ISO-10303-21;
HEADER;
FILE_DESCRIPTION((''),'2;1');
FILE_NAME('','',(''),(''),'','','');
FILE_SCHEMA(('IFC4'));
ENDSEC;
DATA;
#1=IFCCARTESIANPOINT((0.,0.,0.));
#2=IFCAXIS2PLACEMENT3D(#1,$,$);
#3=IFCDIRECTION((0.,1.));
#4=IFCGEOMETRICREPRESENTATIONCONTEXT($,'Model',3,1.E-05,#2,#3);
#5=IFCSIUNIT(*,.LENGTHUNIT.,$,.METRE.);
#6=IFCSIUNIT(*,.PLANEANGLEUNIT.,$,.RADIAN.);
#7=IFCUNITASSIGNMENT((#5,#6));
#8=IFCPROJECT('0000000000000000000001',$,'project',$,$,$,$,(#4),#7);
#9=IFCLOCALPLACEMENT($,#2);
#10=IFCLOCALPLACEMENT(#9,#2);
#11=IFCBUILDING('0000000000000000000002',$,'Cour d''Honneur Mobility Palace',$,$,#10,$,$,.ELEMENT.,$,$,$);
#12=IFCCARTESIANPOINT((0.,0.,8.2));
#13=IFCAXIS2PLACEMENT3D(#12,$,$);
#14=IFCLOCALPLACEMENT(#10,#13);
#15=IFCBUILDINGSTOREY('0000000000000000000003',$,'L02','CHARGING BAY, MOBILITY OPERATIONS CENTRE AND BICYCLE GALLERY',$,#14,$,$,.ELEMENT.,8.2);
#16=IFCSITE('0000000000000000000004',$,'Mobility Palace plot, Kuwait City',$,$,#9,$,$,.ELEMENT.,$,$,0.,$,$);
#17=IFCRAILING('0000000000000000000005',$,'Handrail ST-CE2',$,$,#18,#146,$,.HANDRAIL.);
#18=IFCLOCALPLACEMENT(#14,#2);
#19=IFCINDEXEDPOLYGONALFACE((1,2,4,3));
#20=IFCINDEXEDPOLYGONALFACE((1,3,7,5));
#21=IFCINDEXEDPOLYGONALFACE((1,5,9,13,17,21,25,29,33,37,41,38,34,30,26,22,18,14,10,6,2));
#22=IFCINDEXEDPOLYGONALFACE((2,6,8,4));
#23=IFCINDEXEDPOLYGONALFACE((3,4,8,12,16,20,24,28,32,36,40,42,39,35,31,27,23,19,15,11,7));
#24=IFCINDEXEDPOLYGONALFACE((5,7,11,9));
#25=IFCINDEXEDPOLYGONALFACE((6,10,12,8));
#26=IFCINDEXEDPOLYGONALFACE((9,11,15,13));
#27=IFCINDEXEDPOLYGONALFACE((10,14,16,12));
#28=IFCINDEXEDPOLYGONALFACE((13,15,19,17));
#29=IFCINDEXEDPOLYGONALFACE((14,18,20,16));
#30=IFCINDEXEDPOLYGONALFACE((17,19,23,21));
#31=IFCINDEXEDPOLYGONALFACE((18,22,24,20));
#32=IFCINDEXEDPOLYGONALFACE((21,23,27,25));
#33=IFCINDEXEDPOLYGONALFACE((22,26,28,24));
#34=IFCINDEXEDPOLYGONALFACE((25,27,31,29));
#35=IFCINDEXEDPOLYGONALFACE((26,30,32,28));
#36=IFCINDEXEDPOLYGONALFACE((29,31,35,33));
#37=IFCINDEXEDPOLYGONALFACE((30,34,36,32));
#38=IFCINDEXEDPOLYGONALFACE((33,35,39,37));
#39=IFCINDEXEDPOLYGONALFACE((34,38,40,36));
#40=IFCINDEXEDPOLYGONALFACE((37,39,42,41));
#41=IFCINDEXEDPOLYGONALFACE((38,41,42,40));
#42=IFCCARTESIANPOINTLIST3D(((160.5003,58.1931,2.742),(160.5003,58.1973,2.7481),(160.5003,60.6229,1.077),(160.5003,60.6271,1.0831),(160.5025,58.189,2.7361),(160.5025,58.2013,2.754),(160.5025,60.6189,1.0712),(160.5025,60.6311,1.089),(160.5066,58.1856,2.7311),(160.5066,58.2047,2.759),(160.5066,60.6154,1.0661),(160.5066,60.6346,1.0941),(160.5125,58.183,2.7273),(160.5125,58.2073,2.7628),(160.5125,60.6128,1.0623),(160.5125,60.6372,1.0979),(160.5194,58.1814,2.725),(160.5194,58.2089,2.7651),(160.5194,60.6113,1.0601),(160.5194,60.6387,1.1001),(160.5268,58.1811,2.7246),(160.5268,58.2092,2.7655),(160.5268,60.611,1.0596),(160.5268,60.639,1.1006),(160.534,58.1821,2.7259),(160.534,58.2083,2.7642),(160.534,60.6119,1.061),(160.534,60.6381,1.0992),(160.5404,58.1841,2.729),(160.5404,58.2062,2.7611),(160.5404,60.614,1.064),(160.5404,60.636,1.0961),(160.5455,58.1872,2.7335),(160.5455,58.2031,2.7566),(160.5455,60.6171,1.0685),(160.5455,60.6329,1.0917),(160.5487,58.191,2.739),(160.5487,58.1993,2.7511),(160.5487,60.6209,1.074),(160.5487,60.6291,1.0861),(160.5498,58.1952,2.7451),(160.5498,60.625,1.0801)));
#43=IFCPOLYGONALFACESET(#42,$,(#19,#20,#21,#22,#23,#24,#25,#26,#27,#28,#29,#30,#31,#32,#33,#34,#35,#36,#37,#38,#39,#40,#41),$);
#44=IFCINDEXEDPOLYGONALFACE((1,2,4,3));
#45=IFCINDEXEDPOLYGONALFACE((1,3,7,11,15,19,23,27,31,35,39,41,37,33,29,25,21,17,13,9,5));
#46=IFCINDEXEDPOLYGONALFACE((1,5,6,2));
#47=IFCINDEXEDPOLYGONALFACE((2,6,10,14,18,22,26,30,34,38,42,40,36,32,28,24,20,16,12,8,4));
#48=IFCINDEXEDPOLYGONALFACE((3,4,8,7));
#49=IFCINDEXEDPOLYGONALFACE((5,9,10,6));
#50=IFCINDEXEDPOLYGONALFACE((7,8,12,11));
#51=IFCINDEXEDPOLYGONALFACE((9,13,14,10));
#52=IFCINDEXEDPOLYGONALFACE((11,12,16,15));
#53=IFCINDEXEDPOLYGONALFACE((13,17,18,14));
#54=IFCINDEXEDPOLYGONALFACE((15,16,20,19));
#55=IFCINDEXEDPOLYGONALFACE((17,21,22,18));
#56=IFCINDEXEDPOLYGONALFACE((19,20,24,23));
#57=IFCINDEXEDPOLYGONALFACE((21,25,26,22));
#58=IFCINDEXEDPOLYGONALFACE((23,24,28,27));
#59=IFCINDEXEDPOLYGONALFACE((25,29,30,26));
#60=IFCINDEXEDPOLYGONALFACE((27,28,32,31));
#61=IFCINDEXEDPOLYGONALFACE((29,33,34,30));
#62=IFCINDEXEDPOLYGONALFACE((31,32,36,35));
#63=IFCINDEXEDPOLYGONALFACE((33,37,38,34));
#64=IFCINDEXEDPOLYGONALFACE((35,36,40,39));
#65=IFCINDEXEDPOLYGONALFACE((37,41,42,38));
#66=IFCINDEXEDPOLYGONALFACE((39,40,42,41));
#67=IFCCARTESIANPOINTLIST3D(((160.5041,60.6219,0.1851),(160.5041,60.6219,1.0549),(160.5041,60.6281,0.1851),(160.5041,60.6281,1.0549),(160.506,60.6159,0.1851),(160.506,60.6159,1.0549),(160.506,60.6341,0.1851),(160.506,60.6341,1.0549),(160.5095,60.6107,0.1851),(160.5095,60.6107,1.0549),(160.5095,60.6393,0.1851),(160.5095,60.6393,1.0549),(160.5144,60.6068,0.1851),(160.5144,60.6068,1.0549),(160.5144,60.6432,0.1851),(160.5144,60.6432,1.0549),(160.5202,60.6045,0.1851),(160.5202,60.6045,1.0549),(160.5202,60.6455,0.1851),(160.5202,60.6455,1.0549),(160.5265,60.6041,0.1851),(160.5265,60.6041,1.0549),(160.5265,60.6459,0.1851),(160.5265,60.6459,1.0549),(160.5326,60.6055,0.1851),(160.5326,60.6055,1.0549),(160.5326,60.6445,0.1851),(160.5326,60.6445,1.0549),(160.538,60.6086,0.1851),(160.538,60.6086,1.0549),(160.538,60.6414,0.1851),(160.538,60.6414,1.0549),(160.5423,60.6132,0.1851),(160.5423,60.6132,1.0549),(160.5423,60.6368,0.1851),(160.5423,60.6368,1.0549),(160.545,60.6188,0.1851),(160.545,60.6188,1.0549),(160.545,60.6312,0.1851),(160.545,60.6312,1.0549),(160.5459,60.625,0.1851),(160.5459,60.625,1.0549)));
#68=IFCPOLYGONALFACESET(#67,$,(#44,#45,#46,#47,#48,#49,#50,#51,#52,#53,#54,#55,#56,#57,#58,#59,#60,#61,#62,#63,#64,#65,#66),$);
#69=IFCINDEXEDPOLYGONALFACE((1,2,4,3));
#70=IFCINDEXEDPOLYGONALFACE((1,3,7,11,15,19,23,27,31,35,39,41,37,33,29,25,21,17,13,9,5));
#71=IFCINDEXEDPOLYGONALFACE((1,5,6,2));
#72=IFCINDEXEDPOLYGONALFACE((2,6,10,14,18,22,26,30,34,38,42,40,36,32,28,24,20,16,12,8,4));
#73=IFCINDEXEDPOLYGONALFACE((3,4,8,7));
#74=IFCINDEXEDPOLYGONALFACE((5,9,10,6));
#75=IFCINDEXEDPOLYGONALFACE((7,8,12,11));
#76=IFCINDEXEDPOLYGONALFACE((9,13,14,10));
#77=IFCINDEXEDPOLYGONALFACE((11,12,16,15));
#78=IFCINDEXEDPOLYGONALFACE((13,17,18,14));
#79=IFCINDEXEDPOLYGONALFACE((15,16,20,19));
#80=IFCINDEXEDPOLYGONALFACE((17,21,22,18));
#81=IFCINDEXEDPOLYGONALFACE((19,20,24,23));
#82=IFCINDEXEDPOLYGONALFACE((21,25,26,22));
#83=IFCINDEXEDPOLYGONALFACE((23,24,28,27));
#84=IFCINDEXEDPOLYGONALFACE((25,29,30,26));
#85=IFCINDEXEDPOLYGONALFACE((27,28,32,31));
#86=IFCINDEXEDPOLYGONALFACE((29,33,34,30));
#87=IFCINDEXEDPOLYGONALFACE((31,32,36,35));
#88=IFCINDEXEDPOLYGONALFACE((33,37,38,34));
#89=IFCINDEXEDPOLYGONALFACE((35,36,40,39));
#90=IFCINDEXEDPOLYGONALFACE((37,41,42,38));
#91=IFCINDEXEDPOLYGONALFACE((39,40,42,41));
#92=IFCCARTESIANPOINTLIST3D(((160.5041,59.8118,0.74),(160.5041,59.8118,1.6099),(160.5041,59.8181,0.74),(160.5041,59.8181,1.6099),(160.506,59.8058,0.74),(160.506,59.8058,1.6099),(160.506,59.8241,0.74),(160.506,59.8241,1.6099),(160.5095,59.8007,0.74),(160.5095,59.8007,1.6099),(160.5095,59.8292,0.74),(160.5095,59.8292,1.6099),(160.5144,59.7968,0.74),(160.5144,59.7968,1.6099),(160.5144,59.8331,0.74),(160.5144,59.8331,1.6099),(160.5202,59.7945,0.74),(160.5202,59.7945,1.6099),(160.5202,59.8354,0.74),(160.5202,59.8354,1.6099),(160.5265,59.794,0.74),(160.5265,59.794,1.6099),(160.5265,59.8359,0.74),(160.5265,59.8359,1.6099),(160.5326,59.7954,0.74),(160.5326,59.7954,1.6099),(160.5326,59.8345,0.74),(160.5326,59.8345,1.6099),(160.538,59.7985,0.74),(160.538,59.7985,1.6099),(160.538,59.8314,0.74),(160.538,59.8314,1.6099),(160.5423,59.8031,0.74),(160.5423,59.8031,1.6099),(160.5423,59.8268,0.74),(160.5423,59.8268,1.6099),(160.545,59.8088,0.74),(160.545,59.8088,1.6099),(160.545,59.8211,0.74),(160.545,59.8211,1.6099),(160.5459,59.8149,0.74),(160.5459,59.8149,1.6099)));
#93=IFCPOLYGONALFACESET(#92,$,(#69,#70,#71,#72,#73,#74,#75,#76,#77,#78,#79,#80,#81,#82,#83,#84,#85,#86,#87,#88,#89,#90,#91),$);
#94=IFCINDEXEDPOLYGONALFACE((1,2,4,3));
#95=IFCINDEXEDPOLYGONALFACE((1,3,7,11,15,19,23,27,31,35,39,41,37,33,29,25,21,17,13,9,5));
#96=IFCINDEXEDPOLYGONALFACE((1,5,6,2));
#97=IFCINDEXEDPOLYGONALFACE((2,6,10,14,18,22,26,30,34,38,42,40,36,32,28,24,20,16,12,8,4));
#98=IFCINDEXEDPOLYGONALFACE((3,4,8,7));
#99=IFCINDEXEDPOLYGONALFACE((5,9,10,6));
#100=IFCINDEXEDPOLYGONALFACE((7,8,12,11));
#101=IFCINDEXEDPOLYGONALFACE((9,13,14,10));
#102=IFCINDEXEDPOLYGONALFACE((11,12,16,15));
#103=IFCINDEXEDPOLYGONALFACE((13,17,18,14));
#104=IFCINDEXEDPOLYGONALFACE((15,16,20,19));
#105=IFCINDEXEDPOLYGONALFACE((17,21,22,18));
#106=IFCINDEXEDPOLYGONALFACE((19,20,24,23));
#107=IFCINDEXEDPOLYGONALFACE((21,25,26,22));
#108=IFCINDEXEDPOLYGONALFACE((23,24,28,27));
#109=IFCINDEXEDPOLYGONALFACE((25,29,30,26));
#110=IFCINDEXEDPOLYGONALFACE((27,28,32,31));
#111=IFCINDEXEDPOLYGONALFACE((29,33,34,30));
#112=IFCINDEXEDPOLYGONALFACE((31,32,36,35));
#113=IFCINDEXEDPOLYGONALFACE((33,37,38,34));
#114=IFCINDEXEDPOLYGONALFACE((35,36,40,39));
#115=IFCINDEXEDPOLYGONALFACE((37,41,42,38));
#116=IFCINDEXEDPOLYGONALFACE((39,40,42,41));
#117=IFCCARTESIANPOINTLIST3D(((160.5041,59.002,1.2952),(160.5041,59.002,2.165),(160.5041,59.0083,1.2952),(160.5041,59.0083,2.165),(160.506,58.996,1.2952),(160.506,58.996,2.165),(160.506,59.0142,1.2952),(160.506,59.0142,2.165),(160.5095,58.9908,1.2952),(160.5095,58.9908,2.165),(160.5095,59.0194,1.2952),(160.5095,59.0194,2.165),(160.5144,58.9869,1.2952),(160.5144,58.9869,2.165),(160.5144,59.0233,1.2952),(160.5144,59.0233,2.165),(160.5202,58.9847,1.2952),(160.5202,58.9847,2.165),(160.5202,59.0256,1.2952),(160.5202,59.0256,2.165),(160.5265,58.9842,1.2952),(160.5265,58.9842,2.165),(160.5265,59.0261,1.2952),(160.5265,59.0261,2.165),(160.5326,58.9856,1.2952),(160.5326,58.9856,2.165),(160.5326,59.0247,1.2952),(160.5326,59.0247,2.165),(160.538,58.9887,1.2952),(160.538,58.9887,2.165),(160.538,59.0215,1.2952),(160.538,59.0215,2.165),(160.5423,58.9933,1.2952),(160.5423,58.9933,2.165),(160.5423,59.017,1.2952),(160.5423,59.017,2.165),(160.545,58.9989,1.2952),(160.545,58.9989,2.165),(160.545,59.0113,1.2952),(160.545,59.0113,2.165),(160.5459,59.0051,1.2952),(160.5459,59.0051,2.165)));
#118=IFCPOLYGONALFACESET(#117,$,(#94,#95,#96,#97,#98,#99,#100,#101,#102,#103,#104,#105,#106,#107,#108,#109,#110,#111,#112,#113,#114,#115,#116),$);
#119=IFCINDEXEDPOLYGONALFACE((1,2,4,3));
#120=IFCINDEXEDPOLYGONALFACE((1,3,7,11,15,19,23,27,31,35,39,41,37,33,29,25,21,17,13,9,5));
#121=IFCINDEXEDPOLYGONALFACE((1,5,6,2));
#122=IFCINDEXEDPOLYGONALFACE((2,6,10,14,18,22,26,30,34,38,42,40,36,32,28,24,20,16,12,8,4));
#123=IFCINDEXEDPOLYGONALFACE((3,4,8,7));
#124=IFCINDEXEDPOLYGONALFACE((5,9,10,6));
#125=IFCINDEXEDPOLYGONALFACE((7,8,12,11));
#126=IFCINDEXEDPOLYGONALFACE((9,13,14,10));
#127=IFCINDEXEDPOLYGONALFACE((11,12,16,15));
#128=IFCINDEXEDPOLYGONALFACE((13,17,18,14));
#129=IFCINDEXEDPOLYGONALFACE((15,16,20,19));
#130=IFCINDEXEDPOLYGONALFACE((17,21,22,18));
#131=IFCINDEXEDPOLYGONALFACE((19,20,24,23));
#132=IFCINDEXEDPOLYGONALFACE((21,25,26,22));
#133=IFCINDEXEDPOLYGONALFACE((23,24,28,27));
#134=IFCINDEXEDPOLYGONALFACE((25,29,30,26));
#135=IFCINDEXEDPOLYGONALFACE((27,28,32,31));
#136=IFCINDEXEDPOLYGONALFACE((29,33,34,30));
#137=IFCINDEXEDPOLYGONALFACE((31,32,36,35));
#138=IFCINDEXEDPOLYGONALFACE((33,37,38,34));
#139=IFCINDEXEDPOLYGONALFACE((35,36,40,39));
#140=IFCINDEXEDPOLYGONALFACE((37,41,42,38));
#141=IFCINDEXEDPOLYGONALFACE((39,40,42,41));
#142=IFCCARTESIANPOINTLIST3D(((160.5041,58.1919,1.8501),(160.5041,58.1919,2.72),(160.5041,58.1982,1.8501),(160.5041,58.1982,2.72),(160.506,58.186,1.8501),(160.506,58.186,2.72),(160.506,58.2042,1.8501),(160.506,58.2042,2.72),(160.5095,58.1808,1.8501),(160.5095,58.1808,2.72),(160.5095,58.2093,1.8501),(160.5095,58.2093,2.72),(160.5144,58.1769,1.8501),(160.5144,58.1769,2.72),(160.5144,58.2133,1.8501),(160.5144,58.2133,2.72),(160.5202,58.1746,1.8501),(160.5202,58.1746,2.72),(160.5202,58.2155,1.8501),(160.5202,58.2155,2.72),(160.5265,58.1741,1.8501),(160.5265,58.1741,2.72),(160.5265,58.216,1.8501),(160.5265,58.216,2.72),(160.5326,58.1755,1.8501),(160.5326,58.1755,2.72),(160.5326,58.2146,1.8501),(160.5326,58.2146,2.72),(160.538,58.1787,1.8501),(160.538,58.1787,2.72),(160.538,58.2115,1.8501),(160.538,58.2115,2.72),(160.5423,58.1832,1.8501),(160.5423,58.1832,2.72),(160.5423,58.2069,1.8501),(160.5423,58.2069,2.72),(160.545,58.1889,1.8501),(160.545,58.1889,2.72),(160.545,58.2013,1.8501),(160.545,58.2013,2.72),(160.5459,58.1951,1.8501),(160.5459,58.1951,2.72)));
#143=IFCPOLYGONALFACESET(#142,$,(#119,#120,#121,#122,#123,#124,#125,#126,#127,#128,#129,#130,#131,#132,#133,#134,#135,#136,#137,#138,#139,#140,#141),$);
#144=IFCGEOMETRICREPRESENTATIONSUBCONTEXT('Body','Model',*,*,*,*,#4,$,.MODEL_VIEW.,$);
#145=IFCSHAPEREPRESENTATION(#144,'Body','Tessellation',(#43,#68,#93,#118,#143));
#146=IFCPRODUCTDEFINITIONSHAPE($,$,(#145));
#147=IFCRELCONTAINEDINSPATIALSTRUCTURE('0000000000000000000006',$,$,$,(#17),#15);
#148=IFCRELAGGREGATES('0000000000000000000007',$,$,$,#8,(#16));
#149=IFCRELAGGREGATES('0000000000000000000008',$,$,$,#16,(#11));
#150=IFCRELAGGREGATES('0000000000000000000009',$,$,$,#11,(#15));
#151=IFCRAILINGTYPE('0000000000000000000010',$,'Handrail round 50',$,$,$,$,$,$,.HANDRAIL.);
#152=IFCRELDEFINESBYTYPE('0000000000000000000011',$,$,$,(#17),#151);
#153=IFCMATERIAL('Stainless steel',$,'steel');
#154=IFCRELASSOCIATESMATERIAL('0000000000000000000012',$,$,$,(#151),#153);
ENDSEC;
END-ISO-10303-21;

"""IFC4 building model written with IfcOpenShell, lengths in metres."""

from ifc_helpers import new_model, si_unit, direction, frame, origin, origin_2d, place, context, subcontext, project, spatial, circle, extrude, material, type_object, element, save


model = new_model("IFC4")

# Units and contexts
model_context = context("Model", 3, precision=1e-05, world=origin(), true_north=direction((0.0, 1.0)))
body_context = subcontext(model_context, "Body", "Model", "MODEL_VIEW")
ifc_project = project(units=[si_unit("LENGTHUNIT", "METRE"), si_unit("PLANEANGLEUNIT", "RADIAN")], contexts=[model_context])

# Site, building, storey
site_placement = place(None, origin())
site = spatial("IfcSite", under=ifc_project, at=site_placement, Name="Mobility Palace plot, Kuwait City", CompositionType="ELEMENT", RefElevation=0.0)
building_placement = place(site_placement, origin())
building = spatial("IfcBuilding", under=site, at=building_placement, Name="Cour d'Honneur Mobility Palace", CompositionType="ELEMENT")
storey_placement = place(building_placement, frame((0.0, 0.0, 8.2)))
storey = spatial("IfcBuildingStorey", under=building, at=storey_placement, Name="L02", Description="CHARGING BAY, MOBILITY OPERATIONS CENTRE AND BICYCLE GALLERY", CompositionType="ELEMENT", Elevation=8.2)

# Railing
ifc_material_1 = material(Name="Stainless steel", Category="steel")
railing_type_1 = type_object("IfcRailingType", Name="Handrail round 50", PredefinedType="HANDRAIL", material=ifc_material_1)
for number, where, name in (
    (1, (160.5249, 60.625, 0.1851), "Handrail ST-CE2"),
):
    element("IfcRailing", number, at=place(storey_placement, frame(where)), inside=storey, type_object=railing_type_1, Name=name, PredefinedType="HANDRAIL", context=body_context, shape_type="SweptSolid", body=[
        extrude(circle(Radius=0.0249, at=origin_2d()), frame((0.0, 0.0, 0.895), z_axis=(0.0, -0.824919, 0.565251), x_axis=(1.0, 0.0, 0.0)), (0.0, 0.0, 1.0), 2.9456),
        extrude(circle(Radius=0.021, at=origin_2d()), origin(), (0.0, 0.0, 1.0), 0.8699),
        extrude(circle(Radius=0.021, at=origin_2d()), frame((0.0, -0.8101, 0.5549)), (0.0, 0.0, 1.0), 0.8699),
        extrude(circle(Radius=0.021, at=origin_2d()), frame((0.0, -1.6199, 1.1101)), (0.0, 0.0, 1.0), 0.8699),
        extrude(circle(Radius=0.021, at=origin_2d()), frame((0.0, -2.4299, 1.665)), (0.0, 0.0, 1.0), 0.8699),
    ])

save(model, "model.ifc")
